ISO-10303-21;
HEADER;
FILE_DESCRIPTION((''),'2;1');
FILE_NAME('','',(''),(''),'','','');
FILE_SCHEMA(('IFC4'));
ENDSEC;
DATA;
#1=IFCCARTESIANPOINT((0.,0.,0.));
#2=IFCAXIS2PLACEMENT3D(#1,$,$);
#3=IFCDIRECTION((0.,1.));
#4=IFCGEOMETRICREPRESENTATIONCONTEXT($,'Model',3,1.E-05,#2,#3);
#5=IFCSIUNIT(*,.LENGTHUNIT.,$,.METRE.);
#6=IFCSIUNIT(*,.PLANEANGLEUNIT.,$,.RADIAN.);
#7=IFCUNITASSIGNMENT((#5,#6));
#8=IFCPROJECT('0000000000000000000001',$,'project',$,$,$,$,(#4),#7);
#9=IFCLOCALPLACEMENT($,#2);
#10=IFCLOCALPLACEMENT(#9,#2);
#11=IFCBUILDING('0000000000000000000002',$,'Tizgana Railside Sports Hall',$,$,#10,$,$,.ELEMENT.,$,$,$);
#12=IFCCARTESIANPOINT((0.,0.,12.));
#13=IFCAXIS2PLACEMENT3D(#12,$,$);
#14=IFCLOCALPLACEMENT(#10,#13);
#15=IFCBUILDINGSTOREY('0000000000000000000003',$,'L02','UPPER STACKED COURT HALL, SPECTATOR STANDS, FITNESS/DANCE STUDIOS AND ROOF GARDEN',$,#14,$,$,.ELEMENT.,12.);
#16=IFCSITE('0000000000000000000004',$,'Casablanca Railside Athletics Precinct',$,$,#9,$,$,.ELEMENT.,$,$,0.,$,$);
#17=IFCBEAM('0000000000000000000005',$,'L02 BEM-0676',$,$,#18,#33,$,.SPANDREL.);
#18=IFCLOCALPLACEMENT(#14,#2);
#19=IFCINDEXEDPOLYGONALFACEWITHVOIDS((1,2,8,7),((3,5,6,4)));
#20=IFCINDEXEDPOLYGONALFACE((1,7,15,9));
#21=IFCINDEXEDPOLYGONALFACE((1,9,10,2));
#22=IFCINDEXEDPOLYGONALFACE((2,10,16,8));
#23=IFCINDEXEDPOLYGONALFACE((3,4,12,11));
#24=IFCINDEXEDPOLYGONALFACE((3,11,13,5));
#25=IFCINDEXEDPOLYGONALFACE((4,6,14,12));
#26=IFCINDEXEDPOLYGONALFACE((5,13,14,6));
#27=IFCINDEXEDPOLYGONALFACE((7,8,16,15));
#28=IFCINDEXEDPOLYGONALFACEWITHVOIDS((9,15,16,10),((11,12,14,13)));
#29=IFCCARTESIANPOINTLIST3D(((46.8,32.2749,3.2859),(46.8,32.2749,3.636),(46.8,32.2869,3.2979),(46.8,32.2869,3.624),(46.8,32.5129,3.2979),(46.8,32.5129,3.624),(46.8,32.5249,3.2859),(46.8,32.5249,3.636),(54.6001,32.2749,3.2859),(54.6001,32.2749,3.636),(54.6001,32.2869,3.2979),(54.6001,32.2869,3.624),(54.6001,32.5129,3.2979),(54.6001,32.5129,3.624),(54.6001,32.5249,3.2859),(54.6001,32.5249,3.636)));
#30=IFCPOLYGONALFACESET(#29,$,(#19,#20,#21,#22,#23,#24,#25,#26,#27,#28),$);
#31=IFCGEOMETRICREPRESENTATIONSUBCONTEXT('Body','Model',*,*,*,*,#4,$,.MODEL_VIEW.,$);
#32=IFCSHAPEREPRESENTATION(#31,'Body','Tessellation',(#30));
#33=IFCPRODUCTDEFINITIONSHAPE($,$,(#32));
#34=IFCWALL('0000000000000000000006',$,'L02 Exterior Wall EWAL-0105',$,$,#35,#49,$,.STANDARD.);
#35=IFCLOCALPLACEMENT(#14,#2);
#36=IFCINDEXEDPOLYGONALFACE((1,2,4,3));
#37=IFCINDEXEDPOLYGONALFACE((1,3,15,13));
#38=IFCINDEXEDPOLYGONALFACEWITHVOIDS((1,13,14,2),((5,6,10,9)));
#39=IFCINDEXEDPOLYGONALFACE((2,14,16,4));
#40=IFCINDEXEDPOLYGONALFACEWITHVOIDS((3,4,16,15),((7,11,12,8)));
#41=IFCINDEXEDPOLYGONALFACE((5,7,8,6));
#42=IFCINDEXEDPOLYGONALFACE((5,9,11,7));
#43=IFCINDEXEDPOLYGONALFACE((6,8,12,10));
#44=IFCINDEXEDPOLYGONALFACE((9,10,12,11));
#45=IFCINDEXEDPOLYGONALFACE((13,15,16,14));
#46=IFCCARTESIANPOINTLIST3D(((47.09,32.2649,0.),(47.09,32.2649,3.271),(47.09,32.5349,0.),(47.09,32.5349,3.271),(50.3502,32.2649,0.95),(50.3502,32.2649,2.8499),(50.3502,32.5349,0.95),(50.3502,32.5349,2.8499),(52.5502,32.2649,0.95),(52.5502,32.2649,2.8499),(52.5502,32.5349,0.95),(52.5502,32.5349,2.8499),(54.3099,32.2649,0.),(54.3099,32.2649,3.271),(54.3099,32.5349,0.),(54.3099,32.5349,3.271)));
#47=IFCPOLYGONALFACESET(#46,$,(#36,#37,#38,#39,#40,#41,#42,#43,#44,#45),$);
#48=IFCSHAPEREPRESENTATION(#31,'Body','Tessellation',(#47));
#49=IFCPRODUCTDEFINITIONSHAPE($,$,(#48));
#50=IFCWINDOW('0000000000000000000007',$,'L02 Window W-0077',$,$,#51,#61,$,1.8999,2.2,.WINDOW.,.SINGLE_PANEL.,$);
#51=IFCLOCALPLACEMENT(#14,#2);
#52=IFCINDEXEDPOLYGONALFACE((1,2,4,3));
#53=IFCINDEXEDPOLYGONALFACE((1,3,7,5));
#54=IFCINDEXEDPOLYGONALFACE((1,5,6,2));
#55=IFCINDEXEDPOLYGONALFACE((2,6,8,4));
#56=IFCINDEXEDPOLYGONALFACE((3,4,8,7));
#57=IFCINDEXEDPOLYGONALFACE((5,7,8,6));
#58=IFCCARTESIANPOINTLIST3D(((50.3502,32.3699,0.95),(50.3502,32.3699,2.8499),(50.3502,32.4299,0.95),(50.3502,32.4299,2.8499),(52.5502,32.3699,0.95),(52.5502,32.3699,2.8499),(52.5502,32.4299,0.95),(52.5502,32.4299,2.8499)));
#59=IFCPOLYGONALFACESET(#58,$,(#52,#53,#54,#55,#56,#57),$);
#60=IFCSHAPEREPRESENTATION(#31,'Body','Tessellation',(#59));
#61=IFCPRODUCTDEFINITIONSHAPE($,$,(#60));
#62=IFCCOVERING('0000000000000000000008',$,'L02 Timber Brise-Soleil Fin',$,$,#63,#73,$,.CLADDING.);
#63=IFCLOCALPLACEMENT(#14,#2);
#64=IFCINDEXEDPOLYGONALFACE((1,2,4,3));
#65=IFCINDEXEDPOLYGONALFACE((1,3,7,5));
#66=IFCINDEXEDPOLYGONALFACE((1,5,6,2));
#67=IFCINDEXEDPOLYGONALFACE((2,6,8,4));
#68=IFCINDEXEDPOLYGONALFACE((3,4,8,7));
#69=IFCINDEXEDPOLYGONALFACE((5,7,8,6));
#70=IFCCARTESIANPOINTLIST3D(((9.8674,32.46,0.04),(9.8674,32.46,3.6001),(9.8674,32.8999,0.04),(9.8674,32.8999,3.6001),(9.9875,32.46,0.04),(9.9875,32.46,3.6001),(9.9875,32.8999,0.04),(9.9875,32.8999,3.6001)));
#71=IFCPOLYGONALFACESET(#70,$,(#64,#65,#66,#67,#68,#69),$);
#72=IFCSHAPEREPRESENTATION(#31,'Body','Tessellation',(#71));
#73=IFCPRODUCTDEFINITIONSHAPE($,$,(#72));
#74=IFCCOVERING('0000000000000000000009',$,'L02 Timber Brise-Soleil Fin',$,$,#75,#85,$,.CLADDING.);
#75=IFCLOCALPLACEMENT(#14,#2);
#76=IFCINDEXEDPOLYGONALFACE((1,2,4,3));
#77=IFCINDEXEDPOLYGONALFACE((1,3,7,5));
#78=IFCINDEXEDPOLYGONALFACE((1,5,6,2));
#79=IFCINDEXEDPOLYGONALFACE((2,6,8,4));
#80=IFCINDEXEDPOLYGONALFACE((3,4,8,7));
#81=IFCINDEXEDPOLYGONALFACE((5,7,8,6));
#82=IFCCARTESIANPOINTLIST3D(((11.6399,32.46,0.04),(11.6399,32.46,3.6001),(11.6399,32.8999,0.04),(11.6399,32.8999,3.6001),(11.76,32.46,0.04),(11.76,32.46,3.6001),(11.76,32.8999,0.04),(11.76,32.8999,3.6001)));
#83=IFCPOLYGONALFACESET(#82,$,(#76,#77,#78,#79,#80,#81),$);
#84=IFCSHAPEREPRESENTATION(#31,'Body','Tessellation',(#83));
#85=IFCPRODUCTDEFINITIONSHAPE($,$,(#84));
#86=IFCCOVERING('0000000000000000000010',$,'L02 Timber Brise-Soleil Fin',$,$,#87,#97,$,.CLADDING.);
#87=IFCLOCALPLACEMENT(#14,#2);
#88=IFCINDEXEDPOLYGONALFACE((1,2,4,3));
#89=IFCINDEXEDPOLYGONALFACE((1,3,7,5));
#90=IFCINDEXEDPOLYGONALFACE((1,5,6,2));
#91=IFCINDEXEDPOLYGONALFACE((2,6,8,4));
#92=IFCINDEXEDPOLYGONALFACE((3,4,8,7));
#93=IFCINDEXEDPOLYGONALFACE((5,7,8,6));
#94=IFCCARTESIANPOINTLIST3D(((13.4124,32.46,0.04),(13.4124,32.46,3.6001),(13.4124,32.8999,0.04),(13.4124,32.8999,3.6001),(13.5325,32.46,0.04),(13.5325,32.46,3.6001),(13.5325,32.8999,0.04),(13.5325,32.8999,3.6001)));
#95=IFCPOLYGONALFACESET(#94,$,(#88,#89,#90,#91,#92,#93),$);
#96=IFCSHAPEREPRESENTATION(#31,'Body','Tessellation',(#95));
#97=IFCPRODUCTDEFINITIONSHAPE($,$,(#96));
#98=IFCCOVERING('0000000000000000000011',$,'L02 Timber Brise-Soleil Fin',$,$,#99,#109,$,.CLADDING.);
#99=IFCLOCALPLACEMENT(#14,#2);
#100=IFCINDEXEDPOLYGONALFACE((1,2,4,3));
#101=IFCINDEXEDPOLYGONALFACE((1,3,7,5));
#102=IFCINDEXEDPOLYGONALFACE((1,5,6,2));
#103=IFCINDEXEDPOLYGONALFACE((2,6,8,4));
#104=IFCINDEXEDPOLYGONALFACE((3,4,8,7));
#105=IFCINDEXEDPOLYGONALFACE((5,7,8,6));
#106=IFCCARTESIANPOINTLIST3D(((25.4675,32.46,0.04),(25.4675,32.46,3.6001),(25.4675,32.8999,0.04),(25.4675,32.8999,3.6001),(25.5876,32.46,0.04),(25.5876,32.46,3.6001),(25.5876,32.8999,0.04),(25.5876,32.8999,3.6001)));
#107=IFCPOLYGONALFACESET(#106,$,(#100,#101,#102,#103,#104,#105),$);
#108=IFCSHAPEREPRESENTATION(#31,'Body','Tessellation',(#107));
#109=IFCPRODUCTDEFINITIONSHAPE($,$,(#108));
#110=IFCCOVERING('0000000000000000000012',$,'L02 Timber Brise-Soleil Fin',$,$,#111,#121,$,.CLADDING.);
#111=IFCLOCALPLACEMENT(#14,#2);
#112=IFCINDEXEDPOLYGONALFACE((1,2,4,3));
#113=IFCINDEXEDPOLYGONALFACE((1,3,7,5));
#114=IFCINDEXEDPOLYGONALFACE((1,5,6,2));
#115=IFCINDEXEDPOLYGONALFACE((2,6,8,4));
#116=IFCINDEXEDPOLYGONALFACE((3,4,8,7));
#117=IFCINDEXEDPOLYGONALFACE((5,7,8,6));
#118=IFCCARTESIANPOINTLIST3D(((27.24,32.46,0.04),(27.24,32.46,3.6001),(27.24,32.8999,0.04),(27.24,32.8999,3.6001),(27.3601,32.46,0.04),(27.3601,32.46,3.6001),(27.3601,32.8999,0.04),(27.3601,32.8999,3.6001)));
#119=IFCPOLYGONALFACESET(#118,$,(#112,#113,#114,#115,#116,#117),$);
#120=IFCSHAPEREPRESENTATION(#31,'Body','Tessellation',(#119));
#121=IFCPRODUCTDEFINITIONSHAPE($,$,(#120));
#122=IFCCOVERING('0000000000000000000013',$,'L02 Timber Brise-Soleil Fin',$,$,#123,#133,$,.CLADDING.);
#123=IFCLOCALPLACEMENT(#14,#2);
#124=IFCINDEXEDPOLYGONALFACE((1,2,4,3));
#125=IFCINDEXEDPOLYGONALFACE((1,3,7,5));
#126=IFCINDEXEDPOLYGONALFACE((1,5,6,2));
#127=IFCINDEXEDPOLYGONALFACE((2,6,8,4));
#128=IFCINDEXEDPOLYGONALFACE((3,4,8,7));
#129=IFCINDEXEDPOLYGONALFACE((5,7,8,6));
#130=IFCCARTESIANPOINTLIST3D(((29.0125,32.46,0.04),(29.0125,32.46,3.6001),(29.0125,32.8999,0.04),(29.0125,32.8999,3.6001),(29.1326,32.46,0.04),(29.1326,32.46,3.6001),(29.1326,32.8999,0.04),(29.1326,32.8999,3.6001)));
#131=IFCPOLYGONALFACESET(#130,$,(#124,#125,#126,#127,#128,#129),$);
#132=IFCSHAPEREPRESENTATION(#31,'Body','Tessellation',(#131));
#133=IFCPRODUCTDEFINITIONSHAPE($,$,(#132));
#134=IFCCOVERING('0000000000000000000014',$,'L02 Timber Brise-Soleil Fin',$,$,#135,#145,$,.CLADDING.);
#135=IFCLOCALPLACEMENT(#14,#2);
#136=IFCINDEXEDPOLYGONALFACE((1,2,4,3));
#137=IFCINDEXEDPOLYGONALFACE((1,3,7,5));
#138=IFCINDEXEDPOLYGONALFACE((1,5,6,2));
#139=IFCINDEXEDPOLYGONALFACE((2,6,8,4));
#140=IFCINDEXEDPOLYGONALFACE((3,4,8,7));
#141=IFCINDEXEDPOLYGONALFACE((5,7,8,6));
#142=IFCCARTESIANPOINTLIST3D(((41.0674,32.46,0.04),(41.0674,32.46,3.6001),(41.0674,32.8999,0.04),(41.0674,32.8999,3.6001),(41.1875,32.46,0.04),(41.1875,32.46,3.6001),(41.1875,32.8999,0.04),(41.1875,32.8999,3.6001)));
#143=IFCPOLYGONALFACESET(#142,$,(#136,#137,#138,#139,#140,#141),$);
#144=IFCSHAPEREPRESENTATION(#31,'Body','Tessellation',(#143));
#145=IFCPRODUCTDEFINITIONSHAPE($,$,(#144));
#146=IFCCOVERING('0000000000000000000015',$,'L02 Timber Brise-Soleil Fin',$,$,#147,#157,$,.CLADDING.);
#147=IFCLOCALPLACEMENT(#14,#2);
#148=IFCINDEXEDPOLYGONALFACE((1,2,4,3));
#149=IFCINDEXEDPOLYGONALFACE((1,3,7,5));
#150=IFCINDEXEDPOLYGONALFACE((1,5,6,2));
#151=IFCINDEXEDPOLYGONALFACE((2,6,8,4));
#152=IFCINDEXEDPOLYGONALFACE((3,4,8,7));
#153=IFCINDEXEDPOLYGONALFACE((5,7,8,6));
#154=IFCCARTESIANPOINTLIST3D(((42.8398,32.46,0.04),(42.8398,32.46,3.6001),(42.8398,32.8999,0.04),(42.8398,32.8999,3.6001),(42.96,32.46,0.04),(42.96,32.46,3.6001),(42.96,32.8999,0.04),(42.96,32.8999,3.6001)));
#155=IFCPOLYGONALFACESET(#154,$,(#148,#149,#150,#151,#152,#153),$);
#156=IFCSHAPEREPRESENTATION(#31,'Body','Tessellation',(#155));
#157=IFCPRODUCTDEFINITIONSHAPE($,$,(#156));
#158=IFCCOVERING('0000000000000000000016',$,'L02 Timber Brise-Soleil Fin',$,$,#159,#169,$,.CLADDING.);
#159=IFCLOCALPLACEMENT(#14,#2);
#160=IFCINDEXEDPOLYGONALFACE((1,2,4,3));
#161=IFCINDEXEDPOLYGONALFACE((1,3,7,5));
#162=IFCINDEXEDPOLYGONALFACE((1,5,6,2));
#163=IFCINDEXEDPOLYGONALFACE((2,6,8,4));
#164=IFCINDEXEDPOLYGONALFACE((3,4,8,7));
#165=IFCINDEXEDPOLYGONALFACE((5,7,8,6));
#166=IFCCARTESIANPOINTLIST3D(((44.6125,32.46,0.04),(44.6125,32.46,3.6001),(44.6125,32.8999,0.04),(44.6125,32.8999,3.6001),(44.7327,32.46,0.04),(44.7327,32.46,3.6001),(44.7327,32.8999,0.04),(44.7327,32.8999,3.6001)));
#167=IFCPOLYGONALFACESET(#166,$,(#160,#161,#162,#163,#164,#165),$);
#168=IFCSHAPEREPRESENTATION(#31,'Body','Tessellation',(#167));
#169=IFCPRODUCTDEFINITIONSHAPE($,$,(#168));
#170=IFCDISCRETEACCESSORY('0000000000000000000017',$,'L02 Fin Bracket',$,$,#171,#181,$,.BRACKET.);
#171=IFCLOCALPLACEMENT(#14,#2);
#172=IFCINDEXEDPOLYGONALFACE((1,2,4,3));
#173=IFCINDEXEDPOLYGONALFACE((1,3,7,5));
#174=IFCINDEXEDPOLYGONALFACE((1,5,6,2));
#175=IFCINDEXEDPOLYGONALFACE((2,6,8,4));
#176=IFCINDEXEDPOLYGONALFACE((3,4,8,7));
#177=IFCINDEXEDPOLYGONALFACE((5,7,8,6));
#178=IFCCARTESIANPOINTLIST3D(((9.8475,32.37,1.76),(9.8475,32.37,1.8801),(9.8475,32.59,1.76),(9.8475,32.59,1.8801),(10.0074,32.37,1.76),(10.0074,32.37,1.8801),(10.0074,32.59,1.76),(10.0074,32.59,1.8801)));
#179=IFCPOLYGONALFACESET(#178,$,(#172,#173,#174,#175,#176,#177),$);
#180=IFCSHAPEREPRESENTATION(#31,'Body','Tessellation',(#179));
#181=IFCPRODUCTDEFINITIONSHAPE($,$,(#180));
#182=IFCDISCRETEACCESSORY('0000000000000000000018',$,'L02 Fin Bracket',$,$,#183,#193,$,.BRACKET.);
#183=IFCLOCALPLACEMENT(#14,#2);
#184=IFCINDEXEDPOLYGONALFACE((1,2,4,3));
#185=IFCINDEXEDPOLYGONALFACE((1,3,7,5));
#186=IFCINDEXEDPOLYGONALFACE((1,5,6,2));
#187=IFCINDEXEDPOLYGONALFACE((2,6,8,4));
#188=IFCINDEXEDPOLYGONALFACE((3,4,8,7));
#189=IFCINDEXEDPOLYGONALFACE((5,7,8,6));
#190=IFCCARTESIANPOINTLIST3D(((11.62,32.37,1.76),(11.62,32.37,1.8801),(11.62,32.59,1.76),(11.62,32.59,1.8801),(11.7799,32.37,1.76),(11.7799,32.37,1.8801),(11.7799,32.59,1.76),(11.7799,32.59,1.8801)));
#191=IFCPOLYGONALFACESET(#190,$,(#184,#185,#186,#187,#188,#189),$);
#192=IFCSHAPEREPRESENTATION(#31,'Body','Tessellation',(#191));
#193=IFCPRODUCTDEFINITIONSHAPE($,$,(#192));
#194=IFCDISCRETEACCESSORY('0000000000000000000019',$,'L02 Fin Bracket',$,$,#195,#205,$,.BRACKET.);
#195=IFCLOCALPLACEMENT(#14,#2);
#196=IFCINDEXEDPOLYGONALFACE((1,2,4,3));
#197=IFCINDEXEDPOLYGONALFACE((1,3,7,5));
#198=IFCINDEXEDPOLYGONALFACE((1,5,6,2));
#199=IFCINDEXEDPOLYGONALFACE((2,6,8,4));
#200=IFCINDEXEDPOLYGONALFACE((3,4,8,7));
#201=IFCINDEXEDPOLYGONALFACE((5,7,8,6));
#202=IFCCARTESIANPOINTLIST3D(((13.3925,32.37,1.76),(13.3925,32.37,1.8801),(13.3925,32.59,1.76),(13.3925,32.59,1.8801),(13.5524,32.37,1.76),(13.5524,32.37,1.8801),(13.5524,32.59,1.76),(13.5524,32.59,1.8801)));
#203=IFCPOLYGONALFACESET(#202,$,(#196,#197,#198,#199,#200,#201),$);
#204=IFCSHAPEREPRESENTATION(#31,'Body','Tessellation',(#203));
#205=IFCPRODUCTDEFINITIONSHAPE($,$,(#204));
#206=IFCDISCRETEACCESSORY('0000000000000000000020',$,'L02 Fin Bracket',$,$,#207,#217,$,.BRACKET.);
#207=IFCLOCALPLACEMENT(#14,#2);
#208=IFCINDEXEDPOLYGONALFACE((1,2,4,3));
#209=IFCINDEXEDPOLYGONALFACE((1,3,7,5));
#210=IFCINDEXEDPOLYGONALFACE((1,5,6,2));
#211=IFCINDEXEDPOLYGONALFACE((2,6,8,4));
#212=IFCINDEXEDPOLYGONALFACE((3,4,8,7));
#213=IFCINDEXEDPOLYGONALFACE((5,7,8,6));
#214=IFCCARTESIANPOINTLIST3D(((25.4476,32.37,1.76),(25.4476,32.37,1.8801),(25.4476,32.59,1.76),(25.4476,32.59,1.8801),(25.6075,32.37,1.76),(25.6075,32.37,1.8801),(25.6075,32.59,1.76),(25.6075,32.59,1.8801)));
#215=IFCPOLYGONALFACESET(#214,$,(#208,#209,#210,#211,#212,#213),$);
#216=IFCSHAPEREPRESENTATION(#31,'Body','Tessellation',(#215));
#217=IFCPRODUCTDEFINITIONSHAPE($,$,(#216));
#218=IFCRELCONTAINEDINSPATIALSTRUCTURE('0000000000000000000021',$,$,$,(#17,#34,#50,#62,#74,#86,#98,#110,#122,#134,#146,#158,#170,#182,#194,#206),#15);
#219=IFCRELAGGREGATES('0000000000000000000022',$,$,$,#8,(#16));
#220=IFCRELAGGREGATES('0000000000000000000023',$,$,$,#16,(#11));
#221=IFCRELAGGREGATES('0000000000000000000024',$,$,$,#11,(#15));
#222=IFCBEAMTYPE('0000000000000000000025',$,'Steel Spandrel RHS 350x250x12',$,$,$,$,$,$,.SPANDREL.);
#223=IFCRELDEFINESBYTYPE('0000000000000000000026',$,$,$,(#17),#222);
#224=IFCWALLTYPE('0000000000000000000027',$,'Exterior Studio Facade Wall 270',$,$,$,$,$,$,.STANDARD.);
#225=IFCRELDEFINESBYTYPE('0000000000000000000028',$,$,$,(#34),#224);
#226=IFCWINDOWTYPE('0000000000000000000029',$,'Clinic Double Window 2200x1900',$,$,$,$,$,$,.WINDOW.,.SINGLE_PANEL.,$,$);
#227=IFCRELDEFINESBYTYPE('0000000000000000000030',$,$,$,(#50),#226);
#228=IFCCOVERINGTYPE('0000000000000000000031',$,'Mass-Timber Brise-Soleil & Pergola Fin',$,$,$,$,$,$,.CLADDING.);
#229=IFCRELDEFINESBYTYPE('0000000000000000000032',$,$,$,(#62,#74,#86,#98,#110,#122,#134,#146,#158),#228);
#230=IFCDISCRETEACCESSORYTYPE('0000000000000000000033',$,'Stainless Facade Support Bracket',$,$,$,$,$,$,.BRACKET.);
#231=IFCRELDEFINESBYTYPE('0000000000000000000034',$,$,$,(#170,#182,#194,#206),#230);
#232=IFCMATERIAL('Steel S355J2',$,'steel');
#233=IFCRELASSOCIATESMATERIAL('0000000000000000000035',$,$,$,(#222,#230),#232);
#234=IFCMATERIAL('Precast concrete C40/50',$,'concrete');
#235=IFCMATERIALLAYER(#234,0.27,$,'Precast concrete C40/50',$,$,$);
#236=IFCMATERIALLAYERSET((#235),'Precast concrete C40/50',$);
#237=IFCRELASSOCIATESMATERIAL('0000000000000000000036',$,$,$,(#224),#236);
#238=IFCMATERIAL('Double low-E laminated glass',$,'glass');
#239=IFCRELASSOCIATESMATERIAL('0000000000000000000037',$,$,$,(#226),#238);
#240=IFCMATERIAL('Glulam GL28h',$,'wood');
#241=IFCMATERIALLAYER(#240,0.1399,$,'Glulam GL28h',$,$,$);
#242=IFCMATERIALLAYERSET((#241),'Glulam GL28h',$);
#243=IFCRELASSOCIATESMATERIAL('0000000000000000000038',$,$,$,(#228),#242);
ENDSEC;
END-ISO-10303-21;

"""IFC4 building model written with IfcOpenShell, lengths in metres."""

from ifc_helpers import new_model, si_unit, direction, frame, frame_2d, origin, origin_2d, place, context, subcontext, project, spatial, rectangle, hollow_rectangle, extrude, material, layer, layer_set, material_profile, profile_set, type_object, element, fill, save


model = new_model("IFC4")

# Units and contexts
model_context = context("Model", 3, precision=1e-05, world=origin(), true_north=direction((0.0, 1.0)))
body_context = subcontext(model_context, "Body", "Model", "MODEL_VIEW")
ifc_project = project(units=[si_unit("LENGTHUNIT", "METRE"), si_unit("PLANEANGLEUNIT", "RADIAN")], contexts=[model_context])

# Site, building, storey
site_placement = place(None, origin())
site = spatial("IfcSite", under=ifc_project, at=site_placement, Name="Casablanca Railside Athletics Precinct", CompositionType="ELEMENT", RefElevation=0.0)
building_placement = place(site_placement, origin())
building = spatial("IfcBuilding", under=site, at=building_placement, Name="Tizgana Railside Sports Hall", CompositionType="ELEMENT")
storey_placement = place(building_placement, frame((0.0, 0.0, 12.0)))
storey = spatial("IfcBuildingStorey", under=building, at=storey_placement, Name="L02", Description="UPPER STACKED COURT HALL, SPECTATOR STANDS, FITNESS/DANCE STUDIOS AND ROOF GARDEN", CompositionType="ELEMENT", Elevation=12.0)

# Beam
ifc_material_1 = material(Name="Steel S355J2", Category="steel")
ifc_material_profile = material_profile(ifc_material_1, hollow_rectangle(XDim=0.25, YDim=0.3501, WallThickness=0.012, at=origin_2d()), Name="RHS 350x250x12")
ifc_profile_set = profile_set([ifc_material_profile], Name="Steel S355J2")
beam_type = type_object("IfcBeamType", Name="Steel Spandrel RHS 350x250x12", PredefinedType="SPANDREL", material=ifc_profile_set)
beam_placement = place(storey_placement, frame((46.8, 32.3999, 3.4609), z_axis=(1.0, 0.0, 0.0), x_axis=(0.0, 1.0, 0.0)))
element("IfcBeam", 1, at=beam_placement, inside=storey, type_object=beam_type, Name="L02 BEM-0676", PredefinedType="SPANDREL", context=body_context, shape_type="SweptSolid", body=[
    extrude(hollow_rectangle(XDim=0.25, YDim=0.3501, WallThickness=0.012, at=origin_2d()), origin(), (0.0, 0.0, 1.0), 7.8),
])

# Wall, opening, window
ifc_material_2 = material(Name="Precast concrete C40/50", Category="concrete")
ifc_layer_1 = layer(ifc_material_2, 0.27, Name="Precast concrete C40/50")
ifc_layer_set_1 = layer_set([ifc_layer_1], Name="Precast concrete C40/50")
wall_type = type_object("IfcWallType", Name="Exterior Studio Facade Wall 270", PredefinedType="STANDARD", material=ifc_layer_set_1)
wall_placement = place(storey_placement, frame((47.0901, 32.3999, 0.0), z_axis=(0.0, 0.0, 1.0), x_axis=(1.0, 0.0, 0.0)))
wall = element("IfcWall", 2, at=wall_placement, inside=storey, type_object=wall_type, Name="L02 Exterior Wall EWAL-0105", PredefinedType="STANDARD", context=body_context, shape_type="SweptSolid", body=[
    extrude(rectangle(XDim=7.22, YDim=0.27, at=frame_2d((3.6099, 0.0))), origin(), (0.0, 0.0, 1.0), 3.271),
])
opening_placement = place(wall_placement, frame((3.26, 0.0, 0.95)))
opening = element("IfcOpeningElement", 3, at=opening_placement, cuts=wall, PredefinedType="OPENING", context=body_context, shape_type="SweptSolid", body=[
    extrude(rectangle(XDim=2.2, YDim=1.8999, at=frame_2d((1.1001, 0.95))), frame((0.0, 0.145, 0.0), z_axis=(0.0, -1.0, 0.0), x_axis=(1.0, 0.0, 0.0)), (0.0, 0.0, 1.0), 0.29),
])
ifc_material_3 = material(Name="Double low-E laminated glass", Category="glass")
window_type = type_object("IfcWindowType", Name="Clinic Double Window 2200x1900", PartitioningType="SINGLE_PANEL", PredefinedType="WINDOW", material=ifc_material_3)
window_placement = place(opening_placement, origin())
window = element("IfcWindow", 4, at=window_placement, inside=storey, type_object=window_type, Name="L02 Window W-0077", OverallHeight=1.8999, OverallWidth=2.2, PartitioningType="SINGLE_PANEL", PredefinedType="WINDOW", context=body_context, shape_type="SweptSolid", body=[
    extrude(rectangle(XDim=2.2, YDim=1.8999, at=frame_2d((1.1001, 0.95))), frame((0.0, 0.03, 0.0), z_axis=(0.0, -1.0, 0.0), x_axis=(1.0, 0.0, 0.0)), (0.0, 0.0, 1.0), 0.0601),
])
fill(opening, window)

# Coverings
ifc_material_4 = material(Name="Glulam GL28h", Category="wood")
ifc_layer_2 = layer(ifc_material_4, 0.1399, Name="Glulam GL28h")
ifc_layer_set_2 = layer_set([ifc_layer_2], Name="Glulam GL28h")
covering_type = type_object("IfcCoveringType", Name="Mass-Timber Brise-Soleil & Pergola Fin", PredefinedType="CLADDING", material=ifc_layer_set_2)
for number, where, z_axis, x_axis, name in (
    (5, (9.9275, 32.6799, 0.04), (0.0, 0.0, 1.0), (1.0, 0.0, 0.0), "L02 Timber Brise-Soleil Fin"),
    (6, (11.7, 32.6799, 0.04), (0.0, 0.0, 1.0), (1.0, 0.0, 0.0), "L02 Timber Brise-Soleil Fin"),
    (7, (13.4724, 32.6799, 0.04), (0.0, 0.0, 1.0), (1.0, 0.0, 0.0), "L02 Timber Brise-Soleil Fin"),
    (8, (25.5276, 32.6799, 0.04), (0.0, 0.0, 1.0), (1.0, 0.0, 0.0), "L02 Timber Brise-Soleil Fin"),
    (9, (27.3, 32.6799, 0.04), (0.0, 0.0, 1.0), (1.0, 0.0, 0.0), "L02 Timber Brise-Soleil Fin"),
    (10, (29.0725, 32.6799, 0.04), (0.0, 0.0, 1.0), (1.0, 0.0, 0.0), "L02 Timber Brise-Soleil Fin"),
    (11, (41.1274, 32.6799, 0.04), (0.0, 0.0, 1.0), (1.0, 0.0, 0.0), "L02 Timber Brise-Soleil Fin"),
    (12, (42.8999, 32.6799, 0.04), (0.0, 0.0, 1.0), (1.0, 0.0, 0.0), "L02 Timber Brise-Soleil Fin"),
    (13, (44.6726, 32.6799, 0.04), (0.0, 0.0, 1.0), (1.0, 0.0, 0.0), "L02 Timber Brise-Soleil Fin"),
):
    element("IfcCovering", number, at=place(storey_placement, frame(where, z_axis=z_axis, x_axis=x_axis)), inside=storey, type_object=covering_type, Name=name, PredefinedType="CLADDING", context=body_context, shape_type="SweptSolid", body=[
        extrude(rectangle(XDim=0.1201, YDim=0.4399, at=origin_2d()), origin(), (0.0, 0.0, 1.0), 3.5601),
    ])

# Discrete accessories
discrete_accessory_type = type_object("IfcDiscreteAccessoryType", Name="Stainless Facade Support Bracket", PredefinedType="BRACKET", material=ifc_material_1)
for number, where, z_axis, x_axis, name in (
    (14, (9.9275, 32.48, 1.76), (0.0, 0.0, 1.0), (1.0, 0.0, 0.0), "L02 Fin Bracket"),
    (15, (11.7, 32.48, 1.76), (0.0, 0.0, 1.0), (1.0, 0.0, 0.0), "L02 Fin Bracket"),
    (16, (13.4724, 32.48, 1.76), (0.0, 0.0, 1.0), (1.0, 0.0, 0.0), "L02 Fin Bracket"),
    (17, (25.5276, 32.48, 1.76), (0.0, 0.0, 1.0), (1.0, 0.0, 0.0), "L02 Fin Bracket"),
):
    element("IfcDiscreteAccessory", number, at=place(storey_placement, frame(where, z_axis=z_axis, x_axis=x_axis)), inside=storey, type_object=discrete_accessory_type, Name=name, PredefinedType="BRACKET", context=body_context, shape_type="SweptSolid", body=[
        extrude(rectangle(XDim=0.1599, YDim=0.22, at=origin_2d()), origin(), (0.0, 0.0, 1.0), 0.1201),
    ])

save(model, "model.ifc")
